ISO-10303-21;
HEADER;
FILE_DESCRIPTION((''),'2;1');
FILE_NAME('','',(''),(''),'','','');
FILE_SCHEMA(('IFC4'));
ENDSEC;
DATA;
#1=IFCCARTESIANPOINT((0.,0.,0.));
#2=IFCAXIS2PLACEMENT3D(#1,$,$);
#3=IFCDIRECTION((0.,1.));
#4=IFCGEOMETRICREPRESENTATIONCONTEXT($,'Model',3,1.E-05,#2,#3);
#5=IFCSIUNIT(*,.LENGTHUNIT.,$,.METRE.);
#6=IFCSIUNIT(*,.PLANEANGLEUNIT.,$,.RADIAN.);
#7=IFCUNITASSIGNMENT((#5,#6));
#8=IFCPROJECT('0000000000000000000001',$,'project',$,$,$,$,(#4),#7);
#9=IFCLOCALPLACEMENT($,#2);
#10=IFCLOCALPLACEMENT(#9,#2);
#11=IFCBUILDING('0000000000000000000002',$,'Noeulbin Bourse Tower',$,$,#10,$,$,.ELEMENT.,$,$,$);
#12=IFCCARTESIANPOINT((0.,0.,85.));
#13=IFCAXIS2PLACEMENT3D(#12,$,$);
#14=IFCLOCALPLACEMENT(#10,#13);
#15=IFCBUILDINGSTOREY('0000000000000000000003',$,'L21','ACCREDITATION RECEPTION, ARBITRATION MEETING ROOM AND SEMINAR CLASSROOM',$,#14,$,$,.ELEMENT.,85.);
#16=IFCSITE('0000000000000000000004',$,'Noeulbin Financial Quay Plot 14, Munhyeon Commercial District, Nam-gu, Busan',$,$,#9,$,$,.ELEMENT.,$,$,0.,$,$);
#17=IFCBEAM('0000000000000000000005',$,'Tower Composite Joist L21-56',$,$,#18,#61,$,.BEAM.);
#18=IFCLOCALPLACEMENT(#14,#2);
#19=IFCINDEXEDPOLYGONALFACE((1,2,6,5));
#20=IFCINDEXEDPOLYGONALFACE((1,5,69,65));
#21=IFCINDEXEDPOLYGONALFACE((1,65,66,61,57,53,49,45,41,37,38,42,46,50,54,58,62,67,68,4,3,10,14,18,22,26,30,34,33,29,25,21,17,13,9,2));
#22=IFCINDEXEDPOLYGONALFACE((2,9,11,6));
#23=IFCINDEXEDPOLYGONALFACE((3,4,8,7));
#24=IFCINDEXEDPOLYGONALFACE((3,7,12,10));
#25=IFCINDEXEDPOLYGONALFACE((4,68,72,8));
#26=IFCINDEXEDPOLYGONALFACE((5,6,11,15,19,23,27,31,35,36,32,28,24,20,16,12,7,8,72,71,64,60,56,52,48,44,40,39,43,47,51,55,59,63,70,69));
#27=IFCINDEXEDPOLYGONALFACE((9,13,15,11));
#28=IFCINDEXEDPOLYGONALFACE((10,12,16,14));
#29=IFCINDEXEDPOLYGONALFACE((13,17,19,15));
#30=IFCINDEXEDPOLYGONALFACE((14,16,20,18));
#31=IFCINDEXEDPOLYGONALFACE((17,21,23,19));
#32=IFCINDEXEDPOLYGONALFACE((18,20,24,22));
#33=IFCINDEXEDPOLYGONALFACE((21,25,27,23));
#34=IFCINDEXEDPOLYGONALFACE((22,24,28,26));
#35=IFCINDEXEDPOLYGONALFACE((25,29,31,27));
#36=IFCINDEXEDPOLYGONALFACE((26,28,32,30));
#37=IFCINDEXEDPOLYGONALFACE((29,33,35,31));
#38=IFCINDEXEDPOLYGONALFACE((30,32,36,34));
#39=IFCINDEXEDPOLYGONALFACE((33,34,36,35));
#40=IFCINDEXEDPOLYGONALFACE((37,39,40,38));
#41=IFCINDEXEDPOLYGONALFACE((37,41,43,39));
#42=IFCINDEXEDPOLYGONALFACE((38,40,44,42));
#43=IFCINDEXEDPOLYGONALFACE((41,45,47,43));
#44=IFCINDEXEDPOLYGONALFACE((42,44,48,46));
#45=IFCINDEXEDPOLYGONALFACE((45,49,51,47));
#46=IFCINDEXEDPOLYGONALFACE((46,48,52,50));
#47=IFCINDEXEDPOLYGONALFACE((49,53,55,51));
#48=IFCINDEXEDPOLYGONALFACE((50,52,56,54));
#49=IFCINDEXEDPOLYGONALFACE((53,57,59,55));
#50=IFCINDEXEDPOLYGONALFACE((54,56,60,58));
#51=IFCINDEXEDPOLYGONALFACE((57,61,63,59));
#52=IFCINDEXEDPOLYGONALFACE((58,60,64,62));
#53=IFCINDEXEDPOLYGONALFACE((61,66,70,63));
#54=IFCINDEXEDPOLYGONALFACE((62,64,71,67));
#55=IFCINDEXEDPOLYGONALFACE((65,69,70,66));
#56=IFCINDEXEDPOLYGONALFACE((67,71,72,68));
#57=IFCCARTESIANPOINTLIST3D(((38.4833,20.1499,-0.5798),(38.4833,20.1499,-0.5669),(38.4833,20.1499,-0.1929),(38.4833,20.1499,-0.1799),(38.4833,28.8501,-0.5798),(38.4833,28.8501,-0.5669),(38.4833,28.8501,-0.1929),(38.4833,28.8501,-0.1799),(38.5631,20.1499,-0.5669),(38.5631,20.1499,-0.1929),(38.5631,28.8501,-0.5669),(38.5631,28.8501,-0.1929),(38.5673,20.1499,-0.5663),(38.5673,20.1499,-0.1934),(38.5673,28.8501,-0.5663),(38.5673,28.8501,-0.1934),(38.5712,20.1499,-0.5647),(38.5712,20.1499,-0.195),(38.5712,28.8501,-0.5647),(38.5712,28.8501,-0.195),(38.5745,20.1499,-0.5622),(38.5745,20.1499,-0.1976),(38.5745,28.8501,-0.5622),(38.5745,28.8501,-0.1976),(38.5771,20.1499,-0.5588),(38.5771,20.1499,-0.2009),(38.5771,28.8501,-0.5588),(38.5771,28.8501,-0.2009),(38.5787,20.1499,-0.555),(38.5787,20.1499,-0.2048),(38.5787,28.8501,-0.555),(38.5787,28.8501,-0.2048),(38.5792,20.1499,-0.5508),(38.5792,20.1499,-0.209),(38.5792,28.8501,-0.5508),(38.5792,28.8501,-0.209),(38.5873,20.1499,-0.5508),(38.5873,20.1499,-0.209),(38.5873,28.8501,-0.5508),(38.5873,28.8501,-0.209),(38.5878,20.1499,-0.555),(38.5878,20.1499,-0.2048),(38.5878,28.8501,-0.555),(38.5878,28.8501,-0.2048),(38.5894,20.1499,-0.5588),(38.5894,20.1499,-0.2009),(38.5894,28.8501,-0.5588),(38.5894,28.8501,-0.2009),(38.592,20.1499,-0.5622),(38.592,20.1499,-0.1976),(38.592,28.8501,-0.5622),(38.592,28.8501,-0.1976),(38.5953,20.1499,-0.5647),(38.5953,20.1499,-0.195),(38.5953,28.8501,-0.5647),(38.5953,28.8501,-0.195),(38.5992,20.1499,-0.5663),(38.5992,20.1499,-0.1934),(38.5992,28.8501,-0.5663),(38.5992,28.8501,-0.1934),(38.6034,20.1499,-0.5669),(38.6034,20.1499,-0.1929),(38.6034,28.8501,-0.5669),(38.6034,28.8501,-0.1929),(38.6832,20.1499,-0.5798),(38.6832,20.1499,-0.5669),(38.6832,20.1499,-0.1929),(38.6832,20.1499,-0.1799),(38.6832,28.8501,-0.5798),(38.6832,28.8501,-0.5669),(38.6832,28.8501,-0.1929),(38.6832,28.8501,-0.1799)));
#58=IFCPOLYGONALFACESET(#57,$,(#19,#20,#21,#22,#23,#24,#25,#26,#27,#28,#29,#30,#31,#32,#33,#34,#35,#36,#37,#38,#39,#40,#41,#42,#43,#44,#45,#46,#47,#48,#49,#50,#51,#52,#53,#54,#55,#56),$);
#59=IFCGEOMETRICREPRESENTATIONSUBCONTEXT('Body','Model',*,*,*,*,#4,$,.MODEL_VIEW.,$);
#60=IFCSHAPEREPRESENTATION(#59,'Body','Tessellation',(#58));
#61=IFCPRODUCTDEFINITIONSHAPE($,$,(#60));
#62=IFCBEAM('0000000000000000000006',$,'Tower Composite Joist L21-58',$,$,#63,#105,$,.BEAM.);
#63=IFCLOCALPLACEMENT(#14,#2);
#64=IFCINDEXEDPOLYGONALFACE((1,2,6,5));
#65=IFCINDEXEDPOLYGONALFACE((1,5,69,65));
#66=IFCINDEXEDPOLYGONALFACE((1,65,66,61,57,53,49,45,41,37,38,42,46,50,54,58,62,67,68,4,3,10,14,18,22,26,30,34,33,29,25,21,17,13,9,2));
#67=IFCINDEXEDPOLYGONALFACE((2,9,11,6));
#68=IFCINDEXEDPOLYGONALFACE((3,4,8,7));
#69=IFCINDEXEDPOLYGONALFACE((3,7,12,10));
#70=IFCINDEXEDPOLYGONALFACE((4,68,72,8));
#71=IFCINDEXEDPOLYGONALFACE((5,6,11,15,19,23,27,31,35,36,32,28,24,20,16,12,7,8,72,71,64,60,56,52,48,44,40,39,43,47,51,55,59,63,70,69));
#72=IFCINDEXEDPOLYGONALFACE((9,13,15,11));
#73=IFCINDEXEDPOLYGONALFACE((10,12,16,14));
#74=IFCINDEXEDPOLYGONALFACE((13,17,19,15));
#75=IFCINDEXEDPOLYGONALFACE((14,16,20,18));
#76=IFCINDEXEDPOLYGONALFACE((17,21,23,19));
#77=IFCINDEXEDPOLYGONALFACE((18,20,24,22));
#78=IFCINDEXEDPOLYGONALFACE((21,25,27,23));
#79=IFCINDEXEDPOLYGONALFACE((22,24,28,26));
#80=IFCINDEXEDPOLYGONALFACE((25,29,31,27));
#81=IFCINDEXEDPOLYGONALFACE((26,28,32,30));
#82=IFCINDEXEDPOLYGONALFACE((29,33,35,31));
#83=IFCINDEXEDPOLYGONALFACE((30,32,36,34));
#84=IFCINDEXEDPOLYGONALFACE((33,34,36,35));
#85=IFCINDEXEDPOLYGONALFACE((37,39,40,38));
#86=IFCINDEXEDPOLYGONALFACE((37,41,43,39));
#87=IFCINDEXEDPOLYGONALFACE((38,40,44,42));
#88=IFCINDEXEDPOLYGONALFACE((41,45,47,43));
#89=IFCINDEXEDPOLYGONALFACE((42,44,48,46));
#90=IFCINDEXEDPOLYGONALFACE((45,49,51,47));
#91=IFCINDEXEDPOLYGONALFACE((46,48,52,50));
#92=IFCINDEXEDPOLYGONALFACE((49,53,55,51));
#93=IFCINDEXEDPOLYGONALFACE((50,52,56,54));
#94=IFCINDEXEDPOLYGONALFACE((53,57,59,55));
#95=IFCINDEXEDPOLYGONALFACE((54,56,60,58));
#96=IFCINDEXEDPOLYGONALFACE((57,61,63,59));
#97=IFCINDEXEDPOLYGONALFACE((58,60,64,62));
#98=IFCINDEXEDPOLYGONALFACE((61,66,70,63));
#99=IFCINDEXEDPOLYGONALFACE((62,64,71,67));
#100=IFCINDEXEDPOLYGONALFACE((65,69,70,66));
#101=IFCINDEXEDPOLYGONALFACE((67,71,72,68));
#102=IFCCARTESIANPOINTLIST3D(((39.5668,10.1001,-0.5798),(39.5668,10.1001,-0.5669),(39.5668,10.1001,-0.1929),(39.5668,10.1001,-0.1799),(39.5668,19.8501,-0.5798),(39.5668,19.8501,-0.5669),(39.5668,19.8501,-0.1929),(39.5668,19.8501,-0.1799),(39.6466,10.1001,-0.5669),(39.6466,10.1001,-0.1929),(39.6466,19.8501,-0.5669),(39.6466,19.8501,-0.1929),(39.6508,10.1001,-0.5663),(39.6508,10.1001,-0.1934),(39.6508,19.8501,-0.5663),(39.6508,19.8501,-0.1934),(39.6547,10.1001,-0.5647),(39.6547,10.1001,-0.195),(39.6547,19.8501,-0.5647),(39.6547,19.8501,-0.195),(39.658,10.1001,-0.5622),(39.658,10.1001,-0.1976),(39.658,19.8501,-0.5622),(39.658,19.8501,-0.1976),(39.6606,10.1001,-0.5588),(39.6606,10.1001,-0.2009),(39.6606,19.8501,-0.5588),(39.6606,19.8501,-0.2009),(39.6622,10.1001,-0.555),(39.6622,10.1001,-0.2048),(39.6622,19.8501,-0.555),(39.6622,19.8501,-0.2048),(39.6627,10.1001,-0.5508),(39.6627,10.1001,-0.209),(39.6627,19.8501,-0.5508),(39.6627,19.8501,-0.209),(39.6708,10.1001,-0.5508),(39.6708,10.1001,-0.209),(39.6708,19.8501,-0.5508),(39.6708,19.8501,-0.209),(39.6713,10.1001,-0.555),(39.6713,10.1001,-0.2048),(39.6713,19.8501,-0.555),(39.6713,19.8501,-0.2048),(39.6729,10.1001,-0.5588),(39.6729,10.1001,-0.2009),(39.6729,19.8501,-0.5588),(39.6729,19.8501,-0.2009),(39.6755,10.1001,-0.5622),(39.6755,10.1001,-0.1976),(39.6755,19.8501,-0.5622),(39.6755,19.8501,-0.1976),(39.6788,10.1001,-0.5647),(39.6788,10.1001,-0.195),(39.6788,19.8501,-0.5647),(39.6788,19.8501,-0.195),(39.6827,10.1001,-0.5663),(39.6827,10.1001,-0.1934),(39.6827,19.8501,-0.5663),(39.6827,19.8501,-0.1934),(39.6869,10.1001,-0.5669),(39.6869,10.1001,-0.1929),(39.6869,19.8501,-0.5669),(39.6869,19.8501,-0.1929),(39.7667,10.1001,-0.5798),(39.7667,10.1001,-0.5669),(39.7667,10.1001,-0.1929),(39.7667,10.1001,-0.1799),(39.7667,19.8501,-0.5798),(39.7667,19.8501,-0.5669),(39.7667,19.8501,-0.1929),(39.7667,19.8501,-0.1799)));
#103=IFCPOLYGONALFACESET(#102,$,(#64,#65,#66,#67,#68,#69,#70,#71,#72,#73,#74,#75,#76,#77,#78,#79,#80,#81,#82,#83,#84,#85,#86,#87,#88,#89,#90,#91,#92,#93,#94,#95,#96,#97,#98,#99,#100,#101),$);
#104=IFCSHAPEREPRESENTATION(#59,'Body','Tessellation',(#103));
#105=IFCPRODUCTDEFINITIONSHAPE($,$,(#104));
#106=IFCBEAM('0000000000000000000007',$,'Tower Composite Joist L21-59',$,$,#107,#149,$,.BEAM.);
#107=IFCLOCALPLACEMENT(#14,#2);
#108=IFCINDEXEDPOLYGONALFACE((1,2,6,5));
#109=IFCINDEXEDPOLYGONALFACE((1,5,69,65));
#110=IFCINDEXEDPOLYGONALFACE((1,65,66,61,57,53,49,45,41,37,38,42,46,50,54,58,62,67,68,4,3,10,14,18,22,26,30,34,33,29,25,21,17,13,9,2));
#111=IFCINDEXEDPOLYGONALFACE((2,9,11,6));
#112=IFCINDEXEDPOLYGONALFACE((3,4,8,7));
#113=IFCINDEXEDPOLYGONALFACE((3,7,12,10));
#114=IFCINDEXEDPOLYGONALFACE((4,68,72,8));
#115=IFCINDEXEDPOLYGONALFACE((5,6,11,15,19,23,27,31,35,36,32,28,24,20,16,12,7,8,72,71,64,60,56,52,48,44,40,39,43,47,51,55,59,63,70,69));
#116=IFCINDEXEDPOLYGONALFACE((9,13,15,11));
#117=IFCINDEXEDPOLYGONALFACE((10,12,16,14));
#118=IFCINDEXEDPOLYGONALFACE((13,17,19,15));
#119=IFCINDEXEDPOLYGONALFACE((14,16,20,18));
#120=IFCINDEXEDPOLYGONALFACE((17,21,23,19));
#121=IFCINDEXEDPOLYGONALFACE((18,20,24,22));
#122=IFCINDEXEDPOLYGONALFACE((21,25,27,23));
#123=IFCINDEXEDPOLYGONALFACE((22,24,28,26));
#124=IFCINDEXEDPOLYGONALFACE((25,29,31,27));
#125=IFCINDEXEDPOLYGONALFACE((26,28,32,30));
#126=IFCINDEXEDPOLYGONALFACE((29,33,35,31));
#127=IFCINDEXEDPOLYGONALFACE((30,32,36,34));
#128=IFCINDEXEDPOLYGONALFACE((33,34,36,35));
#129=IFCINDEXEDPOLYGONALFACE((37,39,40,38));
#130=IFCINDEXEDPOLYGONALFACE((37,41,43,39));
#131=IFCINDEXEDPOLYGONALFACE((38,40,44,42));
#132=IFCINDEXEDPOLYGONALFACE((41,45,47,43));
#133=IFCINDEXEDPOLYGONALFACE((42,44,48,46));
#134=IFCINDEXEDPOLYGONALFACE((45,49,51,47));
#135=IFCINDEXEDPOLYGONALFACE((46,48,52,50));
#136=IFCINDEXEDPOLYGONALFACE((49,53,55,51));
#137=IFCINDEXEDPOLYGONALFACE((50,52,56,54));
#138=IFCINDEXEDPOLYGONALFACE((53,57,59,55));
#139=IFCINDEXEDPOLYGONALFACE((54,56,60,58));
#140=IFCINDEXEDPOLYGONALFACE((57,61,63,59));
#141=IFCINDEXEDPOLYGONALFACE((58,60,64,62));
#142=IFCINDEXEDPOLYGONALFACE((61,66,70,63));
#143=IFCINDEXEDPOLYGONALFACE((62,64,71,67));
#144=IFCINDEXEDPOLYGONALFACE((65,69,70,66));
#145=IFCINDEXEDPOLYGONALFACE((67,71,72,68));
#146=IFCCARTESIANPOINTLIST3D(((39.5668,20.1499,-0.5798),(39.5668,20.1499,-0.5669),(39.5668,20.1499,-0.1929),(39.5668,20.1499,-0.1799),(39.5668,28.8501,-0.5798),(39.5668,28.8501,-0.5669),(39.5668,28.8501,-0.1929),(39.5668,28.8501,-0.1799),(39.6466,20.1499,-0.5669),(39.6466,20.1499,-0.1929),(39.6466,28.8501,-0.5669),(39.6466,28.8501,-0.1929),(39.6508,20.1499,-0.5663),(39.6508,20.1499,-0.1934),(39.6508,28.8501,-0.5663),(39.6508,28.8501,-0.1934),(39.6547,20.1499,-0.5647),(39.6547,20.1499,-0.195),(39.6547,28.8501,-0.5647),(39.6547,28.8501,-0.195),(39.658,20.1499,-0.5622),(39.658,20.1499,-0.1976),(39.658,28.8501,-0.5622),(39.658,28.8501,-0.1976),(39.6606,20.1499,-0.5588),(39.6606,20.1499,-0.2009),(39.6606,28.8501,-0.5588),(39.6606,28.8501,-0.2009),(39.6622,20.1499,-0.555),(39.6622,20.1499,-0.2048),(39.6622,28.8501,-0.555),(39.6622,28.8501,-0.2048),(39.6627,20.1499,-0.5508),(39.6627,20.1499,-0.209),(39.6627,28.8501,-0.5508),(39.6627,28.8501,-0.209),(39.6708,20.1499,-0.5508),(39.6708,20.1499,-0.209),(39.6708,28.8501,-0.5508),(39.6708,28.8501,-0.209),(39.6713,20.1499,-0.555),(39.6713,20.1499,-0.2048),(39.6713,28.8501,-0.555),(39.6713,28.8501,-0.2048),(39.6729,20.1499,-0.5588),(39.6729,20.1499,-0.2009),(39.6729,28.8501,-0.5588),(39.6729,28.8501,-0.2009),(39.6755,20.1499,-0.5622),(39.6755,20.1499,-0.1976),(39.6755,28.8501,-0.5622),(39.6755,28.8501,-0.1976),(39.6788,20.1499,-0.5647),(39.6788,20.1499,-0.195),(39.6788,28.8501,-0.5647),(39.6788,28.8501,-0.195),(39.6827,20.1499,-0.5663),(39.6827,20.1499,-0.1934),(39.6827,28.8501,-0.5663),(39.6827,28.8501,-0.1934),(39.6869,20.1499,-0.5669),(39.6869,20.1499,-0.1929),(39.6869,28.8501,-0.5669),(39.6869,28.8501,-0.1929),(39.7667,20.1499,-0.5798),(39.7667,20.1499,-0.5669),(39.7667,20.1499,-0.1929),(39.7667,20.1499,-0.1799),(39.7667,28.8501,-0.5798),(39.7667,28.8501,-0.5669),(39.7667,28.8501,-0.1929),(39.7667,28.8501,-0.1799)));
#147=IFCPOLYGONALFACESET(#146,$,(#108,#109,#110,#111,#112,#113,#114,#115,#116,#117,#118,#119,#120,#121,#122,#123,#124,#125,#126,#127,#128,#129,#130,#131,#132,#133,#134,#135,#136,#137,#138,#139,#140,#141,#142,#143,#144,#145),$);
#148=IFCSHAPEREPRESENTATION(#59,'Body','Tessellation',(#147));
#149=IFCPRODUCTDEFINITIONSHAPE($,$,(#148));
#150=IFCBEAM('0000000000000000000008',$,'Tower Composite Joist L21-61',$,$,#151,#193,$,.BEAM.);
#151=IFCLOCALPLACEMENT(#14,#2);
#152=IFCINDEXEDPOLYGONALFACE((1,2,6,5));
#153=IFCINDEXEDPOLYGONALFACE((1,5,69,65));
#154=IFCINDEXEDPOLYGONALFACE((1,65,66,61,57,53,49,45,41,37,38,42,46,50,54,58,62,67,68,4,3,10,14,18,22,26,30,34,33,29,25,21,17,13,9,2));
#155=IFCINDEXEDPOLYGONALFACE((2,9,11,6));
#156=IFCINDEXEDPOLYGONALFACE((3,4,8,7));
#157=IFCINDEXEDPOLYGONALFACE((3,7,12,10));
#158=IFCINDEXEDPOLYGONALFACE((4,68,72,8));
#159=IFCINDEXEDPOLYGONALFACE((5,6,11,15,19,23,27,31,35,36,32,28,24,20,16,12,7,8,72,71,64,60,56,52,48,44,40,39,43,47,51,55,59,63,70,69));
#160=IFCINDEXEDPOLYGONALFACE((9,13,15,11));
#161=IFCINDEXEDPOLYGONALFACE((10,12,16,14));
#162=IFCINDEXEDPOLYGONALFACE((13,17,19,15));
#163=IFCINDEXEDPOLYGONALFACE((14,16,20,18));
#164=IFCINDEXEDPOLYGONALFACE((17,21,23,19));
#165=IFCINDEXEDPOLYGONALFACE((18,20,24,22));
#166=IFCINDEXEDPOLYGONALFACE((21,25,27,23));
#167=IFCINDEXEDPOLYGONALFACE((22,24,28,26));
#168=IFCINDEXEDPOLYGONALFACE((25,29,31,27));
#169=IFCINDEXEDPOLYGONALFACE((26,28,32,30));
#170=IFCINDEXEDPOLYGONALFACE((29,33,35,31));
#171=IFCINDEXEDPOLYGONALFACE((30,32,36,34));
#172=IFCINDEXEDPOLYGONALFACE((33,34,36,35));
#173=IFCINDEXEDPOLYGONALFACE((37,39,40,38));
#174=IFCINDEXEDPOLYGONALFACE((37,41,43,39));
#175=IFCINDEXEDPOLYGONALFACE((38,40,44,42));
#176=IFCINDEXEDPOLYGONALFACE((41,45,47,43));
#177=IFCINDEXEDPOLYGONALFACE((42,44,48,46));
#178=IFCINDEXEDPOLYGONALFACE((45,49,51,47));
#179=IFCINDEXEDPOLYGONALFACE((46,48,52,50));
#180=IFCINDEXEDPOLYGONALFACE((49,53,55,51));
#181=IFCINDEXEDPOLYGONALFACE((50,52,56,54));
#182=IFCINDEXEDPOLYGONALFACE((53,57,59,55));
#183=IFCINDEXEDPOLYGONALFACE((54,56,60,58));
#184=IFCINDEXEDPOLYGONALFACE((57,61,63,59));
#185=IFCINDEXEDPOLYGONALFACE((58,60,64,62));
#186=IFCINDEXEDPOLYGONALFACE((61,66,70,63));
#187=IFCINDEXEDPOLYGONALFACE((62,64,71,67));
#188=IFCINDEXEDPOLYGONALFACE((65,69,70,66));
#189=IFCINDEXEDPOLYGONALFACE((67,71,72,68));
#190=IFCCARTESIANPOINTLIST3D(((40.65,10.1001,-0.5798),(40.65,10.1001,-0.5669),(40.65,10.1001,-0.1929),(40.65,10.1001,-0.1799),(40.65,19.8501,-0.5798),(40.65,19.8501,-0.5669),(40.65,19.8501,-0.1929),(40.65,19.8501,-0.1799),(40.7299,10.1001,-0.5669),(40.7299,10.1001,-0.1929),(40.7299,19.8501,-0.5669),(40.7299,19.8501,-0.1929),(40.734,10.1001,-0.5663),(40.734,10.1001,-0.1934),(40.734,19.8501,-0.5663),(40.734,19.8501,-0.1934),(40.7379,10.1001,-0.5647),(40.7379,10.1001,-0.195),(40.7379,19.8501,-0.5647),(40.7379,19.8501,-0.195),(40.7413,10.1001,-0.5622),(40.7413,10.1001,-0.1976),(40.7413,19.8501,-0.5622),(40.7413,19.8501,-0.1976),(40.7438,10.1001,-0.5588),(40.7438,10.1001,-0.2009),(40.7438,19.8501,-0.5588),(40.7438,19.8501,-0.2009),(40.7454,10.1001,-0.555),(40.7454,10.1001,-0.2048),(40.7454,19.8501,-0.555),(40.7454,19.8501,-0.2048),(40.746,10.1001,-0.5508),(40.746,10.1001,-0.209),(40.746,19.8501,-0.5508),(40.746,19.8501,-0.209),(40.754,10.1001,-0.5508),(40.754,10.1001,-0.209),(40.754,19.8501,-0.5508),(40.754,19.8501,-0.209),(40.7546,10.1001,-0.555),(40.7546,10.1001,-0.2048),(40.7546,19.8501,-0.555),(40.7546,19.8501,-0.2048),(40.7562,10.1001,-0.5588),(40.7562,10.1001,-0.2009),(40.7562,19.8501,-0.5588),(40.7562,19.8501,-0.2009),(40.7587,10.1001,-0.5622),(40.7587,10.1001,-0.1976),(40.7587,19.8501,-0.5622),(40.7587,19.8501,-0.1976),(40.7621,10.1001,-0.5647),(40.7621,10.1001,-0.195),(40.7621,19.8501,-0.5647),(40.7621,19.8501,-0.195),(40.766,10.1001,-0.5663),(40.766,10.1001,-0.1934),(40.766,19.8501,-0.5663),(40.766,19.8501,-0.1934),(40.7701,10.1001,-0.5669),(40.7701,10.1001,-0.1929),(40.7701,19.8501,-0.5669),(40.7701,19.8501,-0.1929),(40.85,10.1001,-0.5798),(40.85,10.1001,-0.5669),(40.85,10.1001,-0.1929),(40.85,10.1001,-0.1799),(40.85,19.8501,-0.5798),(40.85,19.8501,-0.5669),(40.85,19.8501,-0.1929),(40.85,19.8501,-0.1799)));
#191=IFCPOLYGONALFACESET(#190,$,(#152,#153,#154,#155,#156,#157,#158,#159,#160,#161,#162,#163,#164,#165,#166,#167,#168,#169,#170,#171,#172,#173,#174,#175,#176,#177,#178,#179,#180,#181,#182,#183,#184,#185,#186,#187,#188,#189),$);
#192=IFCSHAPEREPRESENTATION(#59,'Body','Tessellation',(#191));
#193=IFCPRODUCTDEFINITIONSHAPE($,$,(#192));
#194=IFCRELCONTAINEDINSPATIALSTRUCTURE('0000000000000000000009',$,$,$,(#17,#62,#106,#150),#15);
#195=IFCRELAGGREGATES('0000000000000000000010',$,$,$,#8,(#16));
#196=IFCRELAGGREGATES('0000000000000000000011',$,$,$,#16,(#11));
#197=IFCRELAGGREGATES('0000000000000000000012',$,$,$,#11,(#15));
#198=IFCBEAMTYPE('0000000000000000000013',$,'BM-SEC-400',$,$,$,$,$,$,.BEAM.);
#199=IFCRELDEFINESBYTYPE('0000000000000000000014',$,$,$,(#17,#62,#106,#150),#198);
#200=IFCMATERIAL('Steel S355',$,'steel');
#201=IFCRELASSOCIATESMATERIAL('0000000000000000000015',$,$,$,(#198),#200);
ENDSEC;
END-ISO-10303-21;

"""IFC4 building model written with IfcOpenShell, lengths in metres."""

from ifc_helpers import new_model, si_unit, direction, frame, origin, origin_2d, place, context, subcontext, project, spatial, i_section, extrude, material, material_profile, profile_set, type_object, element, save


model = new_model("IFC4")

# Units and contexts
model_context = context("Model", 3, precision=1e-05, world=origin(), true_north=direction((0.0, 1.0)))
body_context = subcontext(model_context, "Body", "Model", "MODEL_VIEW")
ifc_project = project(units=[si_unit("LENGTHUNIT", "METRE"), si_unit("PLANEANGLEUNIT", "RADIAN")], contexts=[model_context])

# Site, building, storey
site_placement = place(None, origin())
site = spatial("IfcSite", under=ifc_project, at=site_placement, Name="Noeulbin Financial Quay Plot 14, Munhyeon Commercial District, Nam-gu, Busan", CompositionType="ELEMENT", RefElevation=0.0)
building_placement = place(site_placement, origin())
building = spatial("IfcBuilding", under=site, at=building_placement, Name="Noeulbin Bourse Tower", CompositionType="ELEMENT")
storey_placement = place(building_placement, frame((0.0, 0.0, 85.0)))
storey = spatial("IfcBuildingStorey", under=building, at=storey_placement, Name="L21", Description="ACCREDITATION RECEPTION, ARBITRATION MEETING ROOM AND SEMINAR CLASSROOM", CompositionType="ELEMENT", Elevation=85.0)

# Beams
ifc_material_1 = material(Name="Steel S355", Category="steel")
ifc_material_profile_1 = material_profile(ifc_material_1, i_section(OverallWidth=0.2, OverallDepth=0.3999, WebThickness=0.0081, FlangeThickness=0.0129, FilletRadius=0.0161, at=origin_2d()), Name="H-400x200x8x13", Category="LoadBearing")
ifc_profile_set_1 = profile_set([ifc_material_profile_1], Name="Steel S355")
beam_type_1 = type_object("IfcBeamType", Name="BM-SEC-400", PredefinedType="BEAM", material=ifc_profile_set_1)
beam_1_placement = place(storey_placement, frame((38.5833, 20.1499, -0.3799), z_axis=(0.0, 1.0, 0.0), x_axis=(-1.0, 0.0, 0.0)))
element("IfcBeam", 1, at=beam_1_placement, inside=storey, type_object=beam_type_1, Name="Tower Composite Joist L21-56", PredefinedType="BEAM", context=body_context, shape_type="SweptSolid", body=[
    extrude(i_section(OverallWidth=0.2, OverallDepth=0.3999, WebThickness=0.0081, FlangeThickness=0.0129, FilletRadius=0.0161, at=origin_2d()), origin(), (0.0, 0.0, 1.0), 8.7002),
])
beam_2_placement = place(storey_placement, frame((39.6667, 10.1001, -0.3799), z_axis=(0.0, 1.0, 0.0), x_axis=(-1.0, 0.0, 0.0)))
element("IfcBeam", 2, at=beam_2_placement, inside=storey, type_object=beam_type_1, Name="Tower Composite Joist L21-58", PredefinedType="BEAM", context=body_context, shape_type="SweptSolid", body=[
    extrude(i_section(OverallWidth=0.2, OverallDepth=0.3999, WebThickness=0.0081, FlangeThickness=0.0129, FilletRadius=0.0161, at=origin_2d()), origin(), (0.0, 0.0, 1.0), 9.75),
])
beam_3_placement = place(storey_placement, frame((39.6667, 20.1499, -0.3799), z_axis=(0.0, 1.0, 0.0), x_axis=(-1.0, 0.0, 0.0)))
element("IfcBeam", 3, at=beam_3_placement, inside=storey, type_object=beam_type_1, Name="Tower Composite Joist L21-59", PredefinedType="BEAM", context=body_context, shape_type="SweptSolid", body=[
    extrude(i_section(OverallWidth=0.2, OverallDepth=0.3999, WebThickness=0.0081, FlangeThickness=0.0129, FilletRadius=0.0161, at=origin_2d()), origin(), (0.0, 0.0, 1.0), 8.7002),
])
beam_4_placement = place(storey_placement, frame((40.75, 10.1001, -0.3799), z_axis=(0.0, 1.0, 0.0), x_axis=(-1.0, 0.0, 0.0)))
element("IfcBeam", 4, at=beam_4_placement, inside=storey, type_object=beam_type_1, Name="Tower Composite Joist L21-61", PredefinedType="BEAM", context=body_context, shape_type="SweptSolid", body=[
    extrude(i_section(OverallWidth=0.2, OverallDepth=0.3999, WebThickness=0.0081, FlangeThickness=0.0129, FilletRadius=0.0161, at=origin_2d()), origin(), (0.0, 0.0, 1.0), 9.75),
])

save(model, "model.ifc")
